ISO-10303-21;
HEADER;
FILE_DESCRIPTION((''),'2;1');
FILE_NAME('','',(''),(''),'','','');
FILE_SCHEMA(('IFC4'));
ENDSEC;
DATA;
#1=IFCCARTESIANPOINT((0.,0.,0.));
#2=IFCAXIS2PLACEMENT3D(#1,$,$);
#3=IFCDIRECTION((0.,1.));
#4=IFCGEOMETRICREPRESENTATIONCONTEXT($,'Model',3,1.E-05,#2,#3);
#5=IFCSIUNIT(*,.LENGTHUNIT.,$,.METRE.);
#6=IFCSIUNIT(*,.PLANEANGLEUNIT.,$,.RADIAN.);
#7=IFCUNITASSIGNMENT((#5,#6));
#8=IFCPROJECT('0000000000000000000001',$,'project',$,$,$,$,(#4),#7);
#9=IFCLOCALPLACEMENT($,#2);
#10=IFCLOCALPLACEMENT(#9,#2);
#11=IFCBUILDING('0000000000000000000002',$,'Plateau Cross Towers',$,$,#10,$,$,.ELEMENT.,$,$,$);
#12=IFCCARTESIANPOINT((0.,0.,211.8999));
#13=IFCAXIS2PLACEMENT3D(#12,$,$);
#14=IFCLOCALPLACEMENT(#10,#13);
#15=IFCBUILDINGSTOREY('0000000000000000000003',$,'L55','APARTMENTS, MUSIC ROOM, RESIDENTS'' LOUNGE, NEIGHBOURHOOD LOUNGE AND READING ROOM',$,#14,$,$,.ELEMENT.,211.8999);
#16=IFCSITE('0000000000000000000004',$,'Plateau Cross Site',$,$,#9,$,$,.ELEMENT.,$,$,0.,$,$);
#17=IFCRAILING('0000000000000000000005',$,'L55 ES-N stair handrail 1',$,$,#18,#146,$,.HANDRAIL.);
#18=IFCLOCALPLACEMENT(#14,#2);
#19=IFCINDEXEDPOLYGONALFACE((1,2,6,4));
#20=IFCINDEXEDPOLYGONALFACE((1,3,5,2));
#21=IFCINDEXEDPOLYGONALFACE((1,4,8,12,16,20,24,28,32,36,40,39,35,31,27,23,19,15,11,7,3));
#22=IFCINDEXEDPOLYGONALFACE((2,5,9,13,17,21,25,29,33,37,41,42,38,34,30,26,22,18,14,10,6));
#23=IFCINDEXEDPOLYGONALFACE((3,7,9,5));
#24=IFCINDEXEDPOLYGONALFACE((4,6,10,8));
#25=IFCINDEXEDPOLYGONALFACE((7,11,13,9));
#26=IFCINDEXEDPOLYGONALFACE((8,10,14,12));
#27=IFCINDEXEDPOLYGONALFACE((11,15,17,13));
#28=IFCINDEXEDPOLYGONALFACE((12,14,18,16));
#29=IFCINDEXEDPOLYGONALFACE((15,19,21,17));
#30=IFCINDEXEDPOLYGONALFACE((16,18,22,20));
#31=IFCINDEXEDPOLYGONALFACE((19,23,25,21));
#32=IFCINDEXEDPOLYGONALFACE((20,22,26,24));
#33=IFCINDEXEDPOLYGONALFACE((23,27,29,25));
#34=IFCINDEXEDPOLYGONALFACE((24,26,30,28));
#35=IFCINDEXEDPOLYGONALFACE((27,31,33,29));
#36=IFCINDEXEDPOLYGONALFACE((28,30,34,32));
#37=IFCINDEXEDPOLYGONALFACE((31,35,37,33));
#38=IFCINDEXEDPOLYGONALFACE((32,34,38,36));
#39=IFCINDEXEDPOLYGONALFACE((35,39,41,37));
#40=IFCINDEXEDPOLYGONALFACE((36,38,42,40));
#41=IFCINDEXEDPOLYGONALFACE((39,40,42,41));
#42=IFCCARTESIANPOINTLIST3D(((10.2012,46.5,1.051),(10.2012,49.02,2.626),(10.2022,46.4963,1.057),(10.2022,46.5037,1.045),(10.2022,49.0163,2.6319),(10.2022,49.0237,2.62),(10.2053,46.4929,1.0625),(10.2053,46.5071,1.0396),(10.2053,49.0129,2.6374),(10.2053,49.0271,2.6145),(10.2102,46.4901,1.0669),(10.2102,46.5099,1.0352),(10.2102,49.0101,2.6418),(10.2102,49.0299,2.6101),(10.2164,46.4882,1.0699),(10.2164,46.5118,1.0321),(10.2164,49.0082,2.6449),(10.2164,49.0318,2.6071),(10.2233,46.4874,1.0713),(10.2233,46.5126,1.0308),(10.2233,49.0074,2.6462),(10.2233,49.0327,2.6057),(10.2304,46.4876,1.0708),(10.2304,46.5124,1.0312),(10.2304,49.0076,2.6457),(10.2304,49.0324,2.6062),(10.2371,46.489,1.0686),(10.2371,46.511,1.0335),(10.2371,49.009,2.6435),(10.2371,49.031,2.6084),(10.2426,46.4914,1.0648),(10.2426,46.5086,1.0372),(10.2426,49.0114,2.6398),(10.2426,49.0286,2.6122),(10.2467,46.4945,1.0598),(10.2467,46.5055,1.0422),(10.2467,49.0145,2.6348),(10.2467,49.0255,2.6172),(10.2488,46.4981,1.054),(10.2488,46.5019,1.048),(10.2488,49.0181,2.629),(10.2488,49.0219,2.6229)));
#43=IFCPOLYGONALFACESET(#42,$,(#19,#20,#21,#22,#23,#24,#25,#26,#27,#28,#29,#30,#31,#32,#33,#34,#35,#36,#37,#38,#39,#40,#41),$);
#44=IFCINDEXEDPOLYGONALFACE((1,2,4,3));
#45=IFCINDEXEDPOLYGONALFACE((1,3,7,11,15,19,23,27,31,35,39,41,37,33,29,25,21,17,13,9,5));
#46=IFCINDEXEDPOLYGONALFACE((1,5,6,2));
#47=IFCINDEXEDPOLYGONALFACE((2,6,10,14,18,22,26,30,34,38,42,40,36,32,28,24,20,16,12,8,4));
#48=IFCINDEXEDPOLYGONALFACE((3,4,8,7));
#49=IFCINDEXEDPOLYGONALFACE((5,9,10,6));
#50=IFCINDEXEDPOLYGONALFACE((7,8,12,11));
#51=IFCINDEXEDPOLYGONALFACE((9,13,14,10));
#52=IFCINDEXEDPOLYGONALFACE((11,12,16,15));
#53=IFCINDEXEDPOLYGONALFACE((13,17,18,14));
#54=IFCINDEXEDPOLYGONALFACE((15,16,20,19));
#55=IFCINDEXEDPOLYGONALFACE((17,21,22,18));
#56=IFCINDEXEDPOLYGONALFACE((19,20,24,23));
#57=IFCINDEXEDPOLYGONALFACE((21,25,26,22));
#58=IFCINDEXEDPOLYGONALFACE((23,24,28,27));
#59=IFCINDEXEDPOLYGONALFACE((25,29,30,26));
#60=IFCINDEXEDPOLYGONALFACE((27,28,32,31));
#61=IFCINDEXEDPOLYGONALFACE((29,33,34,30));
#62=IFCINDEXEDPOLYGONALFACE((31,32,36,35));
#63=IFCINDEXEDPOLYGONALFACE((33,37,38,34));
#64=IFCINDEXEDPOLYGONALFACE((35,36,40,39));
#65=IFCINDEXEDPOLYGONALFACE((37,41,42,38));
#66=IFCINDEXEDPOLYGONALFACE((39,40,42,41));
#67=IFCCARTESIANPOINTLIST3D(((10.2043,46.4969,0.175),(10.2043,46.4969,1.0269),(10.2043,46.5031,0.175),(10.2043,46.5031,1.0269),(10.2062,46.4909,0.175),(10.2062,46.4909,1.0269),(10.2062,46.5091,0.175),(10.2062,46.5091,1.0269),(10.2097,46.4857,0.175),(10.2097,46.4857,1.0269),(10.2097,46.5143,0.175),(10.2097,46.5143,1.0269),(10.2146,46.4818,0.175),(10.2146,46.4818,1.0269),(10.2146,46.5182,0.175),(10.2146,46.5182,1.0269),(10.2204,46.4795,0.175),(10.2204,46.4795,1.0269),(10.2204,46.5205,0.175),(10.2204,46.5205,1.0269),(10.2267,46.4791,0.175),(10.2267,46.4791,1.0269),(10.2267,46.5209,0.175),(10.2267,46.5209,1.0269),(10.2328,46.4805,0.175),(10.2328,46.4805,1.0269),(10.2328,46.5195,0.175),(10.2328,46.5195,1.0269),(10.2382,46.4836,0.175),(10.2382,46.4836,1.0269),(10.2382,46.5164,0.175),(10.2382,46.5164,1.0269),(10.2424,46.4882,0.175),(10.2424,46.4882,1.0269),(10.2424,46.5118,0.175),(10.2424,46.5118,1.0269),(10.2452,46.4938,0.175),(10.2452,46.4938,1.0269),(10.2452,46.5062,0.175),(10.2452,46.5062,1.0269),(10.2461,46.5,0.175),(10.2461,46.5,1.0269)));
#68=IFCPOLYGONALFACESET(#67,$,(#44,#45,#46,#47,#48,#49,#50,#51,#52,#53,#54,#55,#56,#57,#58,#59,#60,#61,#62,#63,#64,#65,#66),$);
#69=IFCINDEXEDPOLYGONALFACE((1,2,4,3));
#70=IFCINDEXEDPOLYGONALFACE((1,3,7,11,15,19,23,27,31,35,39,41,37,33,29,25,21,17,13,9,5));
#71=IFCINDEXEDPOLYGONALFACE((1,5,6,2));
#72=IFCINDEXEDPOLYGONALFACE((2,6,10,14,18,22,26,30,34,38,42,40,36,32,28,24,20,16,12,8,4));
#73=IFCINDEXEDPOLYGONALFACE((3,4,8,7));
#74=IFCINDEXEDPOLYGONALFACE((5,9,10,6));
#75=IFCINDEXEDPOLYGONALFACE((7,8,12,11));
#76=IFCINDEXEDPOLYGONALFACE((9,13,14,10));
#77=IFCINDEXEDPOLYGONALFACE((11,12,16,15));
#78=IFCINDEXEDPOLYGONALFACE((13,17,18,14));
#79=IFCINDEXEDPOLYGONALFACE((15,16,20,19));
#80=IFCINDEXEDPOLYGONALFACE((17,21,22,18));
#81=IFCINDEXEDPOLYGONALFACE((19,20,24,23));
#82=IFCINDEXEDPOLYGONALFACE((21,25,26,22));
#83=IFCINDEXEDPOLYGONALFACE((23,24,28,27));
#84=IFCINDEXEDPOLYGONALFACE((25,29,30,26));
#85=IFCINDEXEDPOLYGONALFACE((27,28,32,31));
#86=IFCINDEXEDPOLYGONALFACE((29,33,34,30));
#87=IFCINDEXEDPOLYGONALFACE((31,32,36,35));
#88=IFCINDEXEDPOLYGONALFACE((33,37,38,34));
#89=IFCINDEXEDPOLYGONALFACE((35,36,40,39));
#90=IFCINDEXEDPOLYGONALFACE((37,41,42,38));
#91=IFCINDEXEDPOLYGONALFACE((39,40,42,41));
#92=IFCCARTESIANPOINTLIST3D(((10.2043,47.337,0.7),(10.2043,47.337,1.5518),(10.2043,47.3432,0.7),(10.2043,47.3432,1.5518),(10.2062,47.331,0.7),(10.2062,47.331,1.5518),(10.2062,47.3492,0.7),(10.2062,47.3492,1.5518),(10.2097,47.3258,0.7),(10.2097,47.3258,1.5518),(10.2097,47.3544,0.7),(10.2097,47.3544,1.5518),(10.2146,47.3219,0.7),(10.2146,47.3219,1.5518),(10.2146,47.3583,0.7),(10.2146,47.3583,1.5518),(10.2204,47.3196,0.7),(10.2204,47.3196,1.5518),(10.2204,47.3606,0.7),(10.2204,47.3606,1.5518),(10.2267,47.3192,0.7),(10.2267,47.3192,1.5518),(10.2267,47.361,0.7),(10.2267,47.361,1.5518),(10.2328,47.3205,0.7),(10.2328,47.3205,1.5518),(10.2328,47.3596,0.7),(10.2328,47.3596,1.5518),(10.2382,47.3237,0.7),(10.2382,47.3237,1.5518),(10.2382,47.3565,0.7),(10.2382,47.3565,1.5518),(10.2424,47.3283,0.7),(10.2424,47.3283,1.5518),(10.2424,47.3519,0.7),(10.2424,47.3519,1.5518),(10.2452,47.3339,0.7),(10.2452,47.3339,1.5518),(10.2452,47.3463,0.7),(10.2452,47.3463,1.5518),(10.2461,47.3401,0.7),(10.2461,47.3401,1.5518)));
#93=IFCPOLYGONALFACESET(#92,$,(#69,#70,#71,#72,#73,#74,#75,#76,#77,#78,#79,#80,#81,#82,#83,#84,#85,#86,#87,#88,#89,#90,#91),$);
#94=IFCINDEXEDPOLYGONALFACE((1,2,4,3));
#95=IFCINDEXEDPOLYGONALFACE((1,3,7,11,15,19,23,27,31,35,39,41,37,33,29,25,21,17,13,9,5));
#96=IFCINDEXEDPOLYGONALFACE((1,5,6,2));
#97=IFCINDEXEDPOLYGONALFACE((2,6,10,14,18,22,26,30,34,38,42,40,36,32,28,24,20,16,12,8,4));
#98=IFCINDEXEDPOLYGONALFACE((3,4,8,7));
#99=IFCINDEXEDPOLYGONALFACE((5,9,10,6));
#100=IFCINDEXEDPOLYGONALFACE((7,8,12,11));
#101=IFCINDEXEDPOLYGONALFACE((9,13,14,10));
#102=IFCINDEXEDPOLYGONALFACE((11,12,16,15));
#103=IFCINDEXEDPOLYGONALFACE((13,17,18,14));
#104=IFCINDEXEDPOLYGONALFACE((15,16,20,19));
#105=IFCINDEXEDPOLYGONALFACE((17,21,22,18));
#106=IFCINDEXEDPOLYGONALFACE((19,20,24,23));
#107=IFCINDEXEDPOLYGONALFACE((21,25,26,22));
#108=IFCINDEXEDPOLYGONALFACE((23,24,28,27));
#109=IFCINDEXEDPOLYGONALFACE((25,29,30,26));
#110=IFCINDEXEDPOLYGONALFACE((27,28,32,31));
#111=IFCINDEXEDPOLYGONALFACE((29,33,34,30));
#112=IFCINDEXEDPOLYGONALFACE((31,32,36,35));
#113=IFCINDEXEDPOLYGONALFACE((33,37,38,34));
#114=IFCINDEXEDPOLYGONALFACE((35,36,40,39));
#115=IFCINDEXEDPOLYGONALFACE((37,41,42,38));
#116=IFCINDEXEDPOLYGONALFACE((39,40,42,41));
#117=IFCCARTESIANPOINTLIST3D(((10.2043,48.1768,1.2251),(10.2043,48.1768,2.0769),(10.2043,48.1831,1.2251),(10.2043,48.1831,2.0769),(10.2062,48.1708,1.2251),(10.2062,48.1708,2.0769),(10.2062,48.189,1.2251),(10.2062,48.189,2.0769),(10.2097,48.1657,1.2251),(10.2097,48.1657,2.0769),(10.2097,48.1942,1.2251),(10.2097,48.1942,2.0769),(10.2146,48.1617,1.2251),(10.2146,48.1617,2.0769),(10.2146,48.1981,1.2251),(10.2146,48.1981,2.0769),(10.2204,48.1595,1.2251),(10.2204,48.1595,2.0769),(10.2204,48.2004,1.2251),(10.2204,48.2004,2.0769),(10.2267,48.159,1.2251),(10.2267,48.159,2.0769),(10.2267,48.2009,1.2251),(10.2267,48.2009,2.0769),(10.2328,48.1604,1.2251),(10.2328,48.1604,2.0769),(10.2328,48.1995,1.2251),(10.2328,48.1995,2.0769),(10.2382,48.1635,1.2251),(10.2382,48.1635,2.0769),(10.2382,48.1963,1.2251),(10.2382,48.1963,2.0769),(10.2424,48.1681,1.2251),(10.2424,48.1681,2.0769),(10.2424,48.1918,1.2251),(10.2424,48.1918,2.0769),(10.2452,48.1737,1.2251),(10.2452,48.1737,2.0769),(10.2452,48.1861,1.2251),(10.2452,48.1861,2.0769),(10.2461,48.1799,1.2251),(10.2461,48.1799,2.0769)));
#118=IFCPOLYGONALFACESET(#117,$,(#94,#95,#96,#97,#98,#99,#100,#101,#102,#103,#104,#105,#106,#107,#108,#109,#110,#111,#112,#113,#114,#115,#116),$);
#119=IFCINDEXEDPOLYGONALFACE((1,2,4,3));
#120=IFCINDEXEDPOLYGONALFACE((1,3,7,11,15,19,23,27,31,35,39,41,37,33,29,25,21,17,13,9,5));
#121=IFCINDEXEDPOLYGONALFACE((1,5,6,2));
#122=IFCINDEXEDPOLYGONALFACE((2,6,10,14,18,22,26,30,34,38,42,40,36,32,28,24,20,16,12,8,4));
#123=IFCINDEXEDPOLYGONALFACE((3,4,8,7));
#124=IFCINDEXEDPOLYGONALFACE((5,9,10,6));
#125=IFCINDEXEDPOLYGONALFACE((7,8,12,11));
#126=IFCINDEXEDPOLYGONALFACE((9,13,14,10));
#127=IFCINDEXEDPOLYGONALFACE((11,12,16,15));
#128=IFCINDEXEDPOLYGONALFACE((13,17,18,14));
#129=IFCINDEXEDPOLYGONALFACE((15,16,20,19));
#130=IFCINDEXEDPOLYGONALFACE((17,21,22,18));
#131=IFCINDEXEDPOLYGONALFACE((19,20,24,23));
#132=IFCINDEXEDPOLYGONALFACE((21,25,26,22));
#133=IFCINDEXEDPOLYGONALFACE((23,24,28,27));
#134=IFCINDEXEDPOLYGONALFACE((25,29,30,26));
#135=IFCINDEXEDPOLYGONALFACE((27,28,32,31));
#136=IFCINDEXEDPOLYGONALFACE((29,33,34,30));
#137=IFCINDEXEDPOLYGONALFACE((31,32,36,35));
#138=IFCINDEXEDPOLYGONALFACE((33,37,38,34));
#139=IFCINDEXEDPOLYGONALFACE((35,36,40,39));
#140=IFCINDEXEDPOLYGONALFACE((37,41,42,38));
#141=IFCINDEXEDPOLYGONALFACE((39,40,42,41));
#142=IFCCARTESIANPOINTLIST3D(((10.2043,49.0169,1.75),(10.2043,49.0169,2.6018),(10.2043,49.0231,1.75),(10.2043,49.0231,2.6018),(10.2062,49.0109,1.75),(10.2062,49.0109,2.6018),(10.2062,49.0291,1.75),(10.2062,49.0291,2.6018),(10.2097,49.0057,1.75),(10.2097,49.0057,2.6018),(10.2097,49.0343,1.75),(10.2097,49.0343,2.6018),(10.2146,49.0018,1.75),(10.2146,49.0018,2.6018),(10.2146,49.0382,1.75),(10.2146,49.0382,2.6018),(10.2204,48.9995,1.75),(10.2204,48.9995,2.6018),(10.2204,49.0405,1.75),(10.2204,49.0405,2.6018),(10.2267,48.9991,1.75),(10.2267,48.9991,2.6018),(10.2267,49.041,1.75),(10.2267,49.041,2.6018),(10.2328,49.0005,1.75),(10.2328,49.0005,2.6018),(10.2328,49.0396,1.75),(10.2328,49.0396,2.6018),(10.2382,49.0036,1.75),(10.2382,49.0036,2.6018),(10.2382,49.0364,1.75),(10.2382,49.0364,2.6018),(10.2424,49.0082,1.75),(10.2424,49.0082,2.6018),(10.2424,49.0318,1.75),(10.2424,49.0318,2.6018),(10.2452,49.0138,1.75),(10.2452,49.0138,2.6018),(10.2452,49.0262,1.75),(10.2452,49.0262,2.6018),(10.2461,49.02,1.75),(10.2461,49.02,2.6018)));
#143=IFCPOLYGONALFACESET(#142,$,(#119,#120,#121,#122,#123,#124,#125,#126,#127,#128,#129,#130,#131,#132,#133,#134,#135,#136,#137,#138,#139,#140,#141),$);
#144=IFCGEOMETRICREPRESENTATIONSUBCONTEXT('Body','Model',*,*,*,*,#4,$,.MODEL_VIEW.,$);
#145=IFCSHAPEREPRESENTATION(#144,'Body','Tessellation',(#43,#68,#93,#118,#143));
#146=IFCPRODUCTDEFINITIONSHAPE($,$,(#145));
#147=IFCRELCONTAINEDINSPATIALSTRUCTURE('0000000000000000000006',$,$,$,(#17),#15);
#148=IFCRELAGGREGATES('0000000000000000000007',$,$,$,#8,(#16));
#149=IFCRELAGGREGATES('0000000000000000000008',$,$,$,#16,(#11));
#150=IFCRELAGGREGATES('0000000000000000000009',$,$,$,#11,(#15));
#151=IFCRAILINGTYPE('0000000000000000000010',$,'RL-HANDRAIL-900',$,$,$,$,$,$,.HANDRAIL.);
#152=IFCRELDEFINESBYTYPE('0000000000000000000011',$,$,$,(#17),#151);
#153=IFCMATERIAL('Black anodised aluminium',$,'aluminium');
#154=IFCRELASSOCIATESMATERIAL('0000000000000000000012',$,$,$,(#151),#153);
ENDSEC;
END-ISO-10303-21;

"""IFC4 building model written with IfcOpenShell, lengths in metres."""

from ifc_helpers import new_model, si_unit, direction, frame, origin, origin_2d, place, context, subcontext, project, spatial, circle, extrude, material, type_object, element, save


model = new_model("IFC4")

# Units and contexts
model_context = context("Model", 3, precision=1e-05, world=origin(), true_north=direction((0.0, 1.0)))
body_context = subcontext(model_context, "Body", "Model", "MODEL_VIEW")
ifc_project = project(units=[si_unit("LENGTHUNIT", "METRE"), si_unit("PLANEANGLEUNIT", "RADIAN")], contexts=[model_context])

# Site, building, storey
site_placement = place(None, origin())
site = spatial("IfcSite", under=ifc_project, at=site_placement, Name="Plateau Cross Site", CompositionType="ELEMENT", RefElevation=0.0)
building_placement = place(site_placement, origin())
building = spatial("IfcBuilding", under=site, at=building_placement, Name="Plateau Cross Towers", CompositionType="ELEMENT")
storey_placement = place(building_placement, frame((0.0, 0.0, 211.8999)))
storey = spatial("IfcBuildingStorey", under=building, at=storey_placement, Name="L55", Description="APARTMENTS, MUSIC ROOM, RESIDENTS' LOUNGE, NEIGHBOURHOOD LOUNGE AND READING ROOM", CompositionType="ELEMENT", Elevation=211.8999)

# Shared definitions
ifc_material_1 = material(Name="Black anodised aluminium", Category="aluminium")

# Railing
railing_type_1 = type_object("IfcRailingType", Name="RL-HANDRAIL-900", PredefinedType="HANDRAIL", material=ifc_material_1)
railing_1_placement = place(storey_placement, frame((10.2251, 46.5, 0.175)))
element("IfcRailing", 1, at=railing_1_placement, inside=storey, type_object=railing_type_1, Name="L55 ES-N stair handrail 1", PredefinedType="HANDRAIL", context=body_context, shape_type="SweptSolid", body=[
    extrude(circle(Radius=0.0239, at=origin_2d()), frame((0.0, 0.0, 0.876), z_axis=(0.0, 0.848008, 0.529984), x_axis=(-1.0, 0.0, 0.0)), (0.0, 0.0, 1.0), 2.9717),
    extrude(circle(Radius=0.021, at=origin_2d()), origin(), (0.0, 0.0, 1.0), 0.8518),
    extrude(circle(Radius=0.021, at=origin_2d()), frame((0.0, 0.8401, 0.5249)), (0.0, 0.0, 1.0), 0.8518),
    extrude(circle(Radius=0.021, at=origin_2d()), frame((0.0, 1.6799, 1.05)), (0.0, 0.0, 1.0), 0.8518),
    extrude(circle(Radius=0.021, at=origin_2d()), frame((0.0, 2.52, 1.575)), (0.0, 0.0, 1.0), 0.8518),
])

save(model, "model.ifc")
